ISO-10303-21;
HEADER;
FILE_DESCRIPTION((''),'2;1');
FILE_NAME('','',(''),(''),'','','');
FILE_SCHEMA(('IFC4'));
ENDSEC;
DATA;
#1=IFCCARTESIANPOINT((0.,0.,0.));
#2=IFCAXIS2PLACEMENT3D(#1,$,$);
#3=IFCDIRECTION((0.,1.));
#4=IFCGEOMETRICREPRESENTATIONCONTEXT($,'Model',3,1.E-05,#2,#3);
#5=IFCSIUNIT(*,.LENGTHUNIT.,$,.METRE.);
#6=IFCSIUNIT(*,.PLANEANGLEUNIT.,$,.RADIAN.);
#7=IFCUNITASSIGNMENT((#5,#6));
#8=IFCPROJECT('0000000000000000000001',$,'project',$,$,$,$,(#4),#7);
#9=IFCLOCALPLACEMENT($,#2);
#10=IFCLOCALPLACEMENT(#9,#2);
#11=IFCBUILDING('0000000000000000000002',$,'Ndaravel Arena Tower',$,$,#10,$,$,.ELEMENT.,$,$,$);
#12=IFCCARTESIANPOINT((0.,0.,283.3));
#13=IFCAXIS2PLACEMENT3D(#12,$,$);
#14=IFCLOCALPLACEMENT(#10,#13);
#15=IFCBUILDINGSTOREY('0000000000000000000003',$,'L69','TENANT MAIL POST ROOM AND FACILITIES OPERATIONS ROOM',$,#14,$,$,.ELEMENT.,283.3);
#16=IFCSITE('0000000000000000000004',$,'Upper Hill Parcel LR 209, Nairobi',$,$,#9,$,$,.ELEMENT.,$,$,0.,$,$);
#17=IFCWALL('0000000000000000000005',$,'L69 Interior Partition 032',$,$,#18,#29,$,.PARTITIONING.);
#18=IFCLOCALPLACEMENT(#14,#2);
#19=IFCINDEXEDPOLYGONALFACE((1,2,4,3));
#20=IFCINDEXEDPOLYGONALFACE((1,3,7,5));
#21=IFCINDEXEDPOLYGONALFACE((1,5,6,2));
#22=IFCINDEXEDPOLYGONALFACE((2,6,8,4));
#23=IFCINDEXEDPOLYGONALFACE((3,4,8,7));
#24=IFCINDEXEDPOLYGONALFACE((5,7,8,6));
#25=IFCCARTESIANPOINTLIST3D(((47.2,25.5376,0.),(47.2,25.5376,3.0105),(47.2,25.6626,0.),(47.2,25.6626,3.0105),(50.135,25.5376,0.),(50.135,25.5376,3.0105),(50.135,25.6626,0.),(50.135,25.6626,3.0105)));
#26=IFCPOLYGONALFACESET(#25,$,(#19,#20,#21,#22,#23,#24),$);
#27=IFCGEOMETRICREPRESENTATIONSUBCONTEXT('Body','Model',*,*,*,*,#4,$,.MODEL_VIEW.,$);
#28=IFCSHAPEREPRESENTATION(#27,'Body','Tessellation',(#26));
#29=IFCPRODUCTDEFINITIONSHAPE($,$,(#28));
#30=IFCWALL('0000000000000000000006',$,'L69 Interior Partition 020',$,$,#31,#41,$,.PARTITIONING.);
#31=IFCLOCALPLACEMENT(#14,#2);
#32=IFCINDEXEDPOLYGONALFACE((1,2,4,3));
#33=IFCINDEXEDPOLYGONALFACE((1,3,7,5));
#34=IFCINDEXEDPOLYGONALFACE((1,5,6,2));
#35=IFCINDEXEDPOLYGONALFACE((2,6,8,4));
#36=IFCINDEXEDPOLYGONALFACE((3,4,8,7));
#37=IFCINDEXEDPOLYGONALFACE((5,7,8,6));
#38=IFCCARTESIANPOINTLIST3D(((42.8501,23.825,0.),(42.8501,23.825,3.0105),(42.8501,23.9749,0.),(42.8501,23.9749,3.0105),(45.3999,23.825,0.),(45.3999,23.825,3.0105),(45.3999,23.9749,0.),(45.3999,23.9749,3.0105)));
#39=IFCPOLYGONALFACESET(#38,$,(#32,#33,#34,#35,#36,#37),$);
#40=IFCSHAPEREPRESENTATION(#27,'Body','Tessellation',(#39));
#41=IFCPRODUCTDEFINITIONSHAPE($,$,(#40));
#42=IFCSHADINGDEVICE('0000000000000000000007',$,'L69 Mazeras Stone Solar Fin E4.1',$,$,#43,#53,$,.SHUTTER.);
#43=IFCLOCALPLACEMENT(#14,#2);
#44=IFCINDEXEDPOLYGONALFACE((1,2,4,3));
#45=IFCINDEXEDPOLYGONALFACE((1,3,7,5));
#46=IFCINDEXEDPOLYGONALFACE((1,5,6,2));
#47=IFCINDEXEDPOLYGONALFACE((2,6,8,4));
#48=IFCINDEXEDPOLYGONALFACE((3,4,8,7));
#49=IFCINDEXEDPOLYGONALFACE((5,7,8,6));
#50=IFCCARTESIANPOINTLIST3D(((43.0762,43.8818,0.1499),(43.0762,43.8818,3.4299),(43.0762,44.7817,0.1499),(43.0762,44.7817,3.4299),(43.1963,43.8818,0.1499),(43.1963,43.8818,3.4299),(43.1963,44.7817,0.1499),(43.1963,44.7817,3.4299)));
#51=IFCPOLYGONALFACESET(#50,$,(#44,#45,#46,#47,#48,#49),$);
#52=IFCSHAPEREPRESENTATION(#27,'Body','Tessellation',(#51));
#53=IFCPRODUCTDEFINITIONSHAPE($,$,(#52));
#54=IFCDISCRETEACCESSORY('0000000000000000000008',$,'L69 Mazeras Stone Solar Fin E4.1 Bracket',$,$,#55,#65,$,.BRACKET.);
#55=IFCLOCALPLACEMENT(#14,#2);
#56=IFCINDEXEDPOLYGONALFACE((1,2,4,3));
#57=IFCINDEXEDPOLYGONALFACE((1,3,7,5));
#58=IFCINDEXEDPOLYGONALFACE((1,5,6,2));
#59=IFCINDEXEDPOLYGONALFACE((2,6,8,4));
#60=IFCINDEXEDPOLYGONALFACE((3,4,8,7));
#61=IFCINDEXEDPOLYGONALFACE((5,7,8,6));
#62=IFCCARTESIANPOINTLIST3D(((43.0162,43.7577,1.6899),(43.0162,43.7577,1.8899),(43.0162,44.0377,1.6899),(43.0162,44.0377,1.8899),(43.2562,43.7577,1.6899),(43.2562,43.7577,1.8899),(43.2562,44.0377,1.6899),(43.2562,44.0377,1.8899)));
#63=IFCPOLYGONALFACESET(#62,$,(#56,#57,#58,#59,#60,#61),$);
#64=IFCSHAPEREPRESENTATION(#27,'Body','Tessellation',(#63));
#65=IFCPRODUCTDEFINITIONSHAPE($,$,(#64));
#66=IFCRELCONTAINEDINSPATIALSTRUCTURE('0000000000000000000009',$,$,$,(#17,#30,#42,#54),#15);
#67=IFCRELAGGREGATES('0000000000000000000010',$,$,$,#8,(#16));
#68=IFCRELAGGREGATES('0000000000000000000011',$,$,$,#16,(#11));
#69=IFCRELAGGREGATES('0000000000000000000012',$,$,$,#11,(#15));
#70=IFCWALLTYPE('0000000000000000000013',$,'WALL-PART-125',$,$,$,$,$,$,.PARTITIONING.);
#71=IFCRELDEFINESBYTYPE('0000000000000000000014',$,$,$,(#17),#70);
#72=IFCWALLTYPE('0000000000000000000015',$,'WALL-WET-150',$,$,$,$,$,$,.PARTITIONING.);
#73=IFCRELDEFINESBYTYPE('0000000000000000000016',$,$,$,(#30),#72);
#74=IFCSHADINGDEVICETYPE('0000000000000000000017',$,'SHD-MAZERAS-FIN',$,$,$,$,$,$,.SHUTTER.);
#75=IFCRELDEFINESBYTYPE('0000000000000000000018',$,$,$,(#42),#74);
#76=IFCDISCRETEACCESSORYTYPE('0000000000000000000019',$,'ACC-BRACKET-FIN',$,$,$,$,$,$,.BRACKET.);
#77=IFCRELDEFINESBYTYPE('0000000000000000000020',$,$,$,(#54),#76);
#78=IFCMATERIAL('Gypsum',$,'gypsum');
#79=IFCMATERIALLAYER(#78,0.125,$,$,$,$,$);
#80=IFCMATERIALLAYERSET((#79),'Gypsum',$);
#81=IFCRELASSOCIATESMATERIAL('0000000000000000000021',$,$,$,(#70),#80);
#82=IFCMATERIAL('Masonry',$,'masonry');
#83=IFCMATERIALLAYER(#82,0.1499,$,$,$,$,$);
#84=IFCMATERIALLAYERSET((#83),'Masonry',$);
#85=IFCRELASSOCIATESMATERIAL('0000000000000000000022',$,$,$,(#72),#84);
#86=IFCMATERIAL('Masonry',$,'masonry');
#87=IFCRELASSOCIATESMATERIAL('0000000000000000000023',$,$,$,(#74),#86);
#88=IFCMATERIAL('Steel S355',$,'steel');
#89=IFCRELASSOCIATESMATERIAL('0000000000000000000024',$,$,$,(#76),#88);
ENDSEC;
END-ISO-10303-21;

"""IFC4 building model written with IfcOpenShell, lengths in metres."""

from ifc_helpers import new_model, si_unit, direction, frame, frame_2d, origin, origin_2d, place, context, subcontext, project, spatial, rectangle, extrude, material, layer, layer_set, type_object, element, save


model = new_model("IFC4")

# Units and contexts
model_context = context("Model", 3, precision=1e-05, world=origin(), true_north=direction((0.0, 1.0)))
body_context = subcontext(model_context, "Body", "Model", "MODEL_VIEW")
ifc_project = project(units=[si_unit("LENGTHUNIT", "METRE"), si_unit("PLANEANGLEUNIT", "RADIAN")], contexts=[model_context])

# Site, building, storey
site_placement = place(None, origin())
site = spatial("IfcSite", under=ifc_project, at=site_placement, Name="Upper Hill Parcel LR 209, Nairobi", CompositionType="ELEMENT", RefElevation=0.0)
building_placement = place(site_placement, origin())
building = spatial("IfcBuilding", under=site, at=building_placement, Name="Ndaravel Arena Tower", CompositionType="ELEMENT")
storey_placement = place(building_placement, frame((0.0, 0.0, 283.3)))
storey = spatial("IfcBuildingStorey", under=building, at=storey_placement, Name="L69", Description="TENANT MAIL POST ROOM AND FACILITIES OPERATIONS ROOM", CompositionType="ELEMENT", Elevation=283.3)

# Shared definitions
ifc_material_1 = material(Name="Gypsum", Category="gypsum")
ifc_layer_1 = layer(ifc_material_1, 0.125)
ifc_layer_set_1 = layer_set([ifc_layer_1], Name="Gypsum")
wall_type_1 = type_object("IfcWallType", Name="WALL-PART-125", PredefinedType="PARTITIONING", material=ifc_layer_set_1)

# Walls
wall_1_placement = place(storey_placement, frame((47.2, 25.6001, 0.0), z_axis=(0.0, 0.0, 1.0), x_axis=(1.0, 0.0, 0.0)))
element("IfcWall", 1, at=wall_1_placement, inside=storey, type_object=wall_type_1, Name="L69 Interior Partition 032", PredefinedType="PARTITIONING", context=body_context, shape_type="SweptSolid", body=[
    extrude(rectangle(XDim=2.9351, YDim=0.125, at=frame_2d((1.4675, 0.0))), origin(), (0.0, 0.0, 1.0), 3.0105),
])
ifc_material_2 = material(Name="Masonry", Category="masonry")
ifc_layer_2 = layer(ifc_material_2, 0.1499)
ifc_layer_set_2 = layer_set([ifc_layer_2], Name="Masonry")
wall_type_2 = type_object("IfcWallType", Name="WALL-WET-150", PredefinedType="PARTITIONING", material=ifc_layer_set_2)
wall_2_placement = place(storey_placement, frame((45.3999, 23.8999, 0.0), z_axis=(0.0, 0.0, 1.0), x_axis=(-1.0, 0.0, 0.0)))
element("IfcWall", 2, at=wall_2_placement, inside=storey, type_object=wall_type_2, Name="L69 Interior Partition 020", PredefinedType="PARTITIONING", context=body_context, shape_type="SweptSolid", body=[
    extrude(rectangle(XDim=2.5498, YDim=0.1499, at=frame_2d((1.2749, 0.0))), origin(), (0.0, 0.0, 1.0), 3.0105),
])

# Shading device
ifc_material_3 = material(Name="Masonry", Category="masonry")
shading_device_type = type_object("IfcShadingDeviceType", Name="SHD-MAZERAS-FIN", PredefinedType="SHUTTER", material=ifc_material_3)
shading_device_placement = place(storey_placement, frame((43.1362, 44.3318, 0.1499), z_axis=(0.0, 0.0, 1.0), x_axis=(0.0, 1.0, 0.0)))
element("IfcShadingDevice", 3, at=shading_device_placement, inside=storey, type_object=shading_device_type, Name="L69 Mazeras Stone Solar Fin E4.1", PredefinedType="SHUTTER", context=body_context, shape_type="SweptSolid", body=[
    extrude(rectangle(XDim=0.8999, YDim=0.1201, at=origin_2d()), origin(), (0.0, 0.0, 1.0), 3.28),
])

# Discrete accessory
ifc_material_4 = material(Name="Steel S355", Category="steel")
discrete_accessory_type = type_object("IfcDiscreteAccessoryType", Name="ACC-BRACKET-FIN", PredefinedType="BRACKET", material=ifc_material_4)
discrete_accessory_placement = place(storey_placement, frame((43.1362, 43.8977, 1.6899), z_axis=(0.0, 0.0, 1.0), x_axis=(0.0, 1.0, 0.0)))
element("IfcDiscreteAccessory", 4, at=discrete_accessory_placement, inside=storey, type_object=discrete_accessory_type, Name="L69 Mazeras Stone Solar Fin E4.1 Bracket", PredefinedType="BRACKET", context=body_context, shape_type="SweptSolid", body=[
    extrude(rectangle(XDim=0.28, YDim=0.24, at=origin_2d()), origin(), (0.0, 0.0, 1.0), 0.2),
])

save(model, "model.ifc")
